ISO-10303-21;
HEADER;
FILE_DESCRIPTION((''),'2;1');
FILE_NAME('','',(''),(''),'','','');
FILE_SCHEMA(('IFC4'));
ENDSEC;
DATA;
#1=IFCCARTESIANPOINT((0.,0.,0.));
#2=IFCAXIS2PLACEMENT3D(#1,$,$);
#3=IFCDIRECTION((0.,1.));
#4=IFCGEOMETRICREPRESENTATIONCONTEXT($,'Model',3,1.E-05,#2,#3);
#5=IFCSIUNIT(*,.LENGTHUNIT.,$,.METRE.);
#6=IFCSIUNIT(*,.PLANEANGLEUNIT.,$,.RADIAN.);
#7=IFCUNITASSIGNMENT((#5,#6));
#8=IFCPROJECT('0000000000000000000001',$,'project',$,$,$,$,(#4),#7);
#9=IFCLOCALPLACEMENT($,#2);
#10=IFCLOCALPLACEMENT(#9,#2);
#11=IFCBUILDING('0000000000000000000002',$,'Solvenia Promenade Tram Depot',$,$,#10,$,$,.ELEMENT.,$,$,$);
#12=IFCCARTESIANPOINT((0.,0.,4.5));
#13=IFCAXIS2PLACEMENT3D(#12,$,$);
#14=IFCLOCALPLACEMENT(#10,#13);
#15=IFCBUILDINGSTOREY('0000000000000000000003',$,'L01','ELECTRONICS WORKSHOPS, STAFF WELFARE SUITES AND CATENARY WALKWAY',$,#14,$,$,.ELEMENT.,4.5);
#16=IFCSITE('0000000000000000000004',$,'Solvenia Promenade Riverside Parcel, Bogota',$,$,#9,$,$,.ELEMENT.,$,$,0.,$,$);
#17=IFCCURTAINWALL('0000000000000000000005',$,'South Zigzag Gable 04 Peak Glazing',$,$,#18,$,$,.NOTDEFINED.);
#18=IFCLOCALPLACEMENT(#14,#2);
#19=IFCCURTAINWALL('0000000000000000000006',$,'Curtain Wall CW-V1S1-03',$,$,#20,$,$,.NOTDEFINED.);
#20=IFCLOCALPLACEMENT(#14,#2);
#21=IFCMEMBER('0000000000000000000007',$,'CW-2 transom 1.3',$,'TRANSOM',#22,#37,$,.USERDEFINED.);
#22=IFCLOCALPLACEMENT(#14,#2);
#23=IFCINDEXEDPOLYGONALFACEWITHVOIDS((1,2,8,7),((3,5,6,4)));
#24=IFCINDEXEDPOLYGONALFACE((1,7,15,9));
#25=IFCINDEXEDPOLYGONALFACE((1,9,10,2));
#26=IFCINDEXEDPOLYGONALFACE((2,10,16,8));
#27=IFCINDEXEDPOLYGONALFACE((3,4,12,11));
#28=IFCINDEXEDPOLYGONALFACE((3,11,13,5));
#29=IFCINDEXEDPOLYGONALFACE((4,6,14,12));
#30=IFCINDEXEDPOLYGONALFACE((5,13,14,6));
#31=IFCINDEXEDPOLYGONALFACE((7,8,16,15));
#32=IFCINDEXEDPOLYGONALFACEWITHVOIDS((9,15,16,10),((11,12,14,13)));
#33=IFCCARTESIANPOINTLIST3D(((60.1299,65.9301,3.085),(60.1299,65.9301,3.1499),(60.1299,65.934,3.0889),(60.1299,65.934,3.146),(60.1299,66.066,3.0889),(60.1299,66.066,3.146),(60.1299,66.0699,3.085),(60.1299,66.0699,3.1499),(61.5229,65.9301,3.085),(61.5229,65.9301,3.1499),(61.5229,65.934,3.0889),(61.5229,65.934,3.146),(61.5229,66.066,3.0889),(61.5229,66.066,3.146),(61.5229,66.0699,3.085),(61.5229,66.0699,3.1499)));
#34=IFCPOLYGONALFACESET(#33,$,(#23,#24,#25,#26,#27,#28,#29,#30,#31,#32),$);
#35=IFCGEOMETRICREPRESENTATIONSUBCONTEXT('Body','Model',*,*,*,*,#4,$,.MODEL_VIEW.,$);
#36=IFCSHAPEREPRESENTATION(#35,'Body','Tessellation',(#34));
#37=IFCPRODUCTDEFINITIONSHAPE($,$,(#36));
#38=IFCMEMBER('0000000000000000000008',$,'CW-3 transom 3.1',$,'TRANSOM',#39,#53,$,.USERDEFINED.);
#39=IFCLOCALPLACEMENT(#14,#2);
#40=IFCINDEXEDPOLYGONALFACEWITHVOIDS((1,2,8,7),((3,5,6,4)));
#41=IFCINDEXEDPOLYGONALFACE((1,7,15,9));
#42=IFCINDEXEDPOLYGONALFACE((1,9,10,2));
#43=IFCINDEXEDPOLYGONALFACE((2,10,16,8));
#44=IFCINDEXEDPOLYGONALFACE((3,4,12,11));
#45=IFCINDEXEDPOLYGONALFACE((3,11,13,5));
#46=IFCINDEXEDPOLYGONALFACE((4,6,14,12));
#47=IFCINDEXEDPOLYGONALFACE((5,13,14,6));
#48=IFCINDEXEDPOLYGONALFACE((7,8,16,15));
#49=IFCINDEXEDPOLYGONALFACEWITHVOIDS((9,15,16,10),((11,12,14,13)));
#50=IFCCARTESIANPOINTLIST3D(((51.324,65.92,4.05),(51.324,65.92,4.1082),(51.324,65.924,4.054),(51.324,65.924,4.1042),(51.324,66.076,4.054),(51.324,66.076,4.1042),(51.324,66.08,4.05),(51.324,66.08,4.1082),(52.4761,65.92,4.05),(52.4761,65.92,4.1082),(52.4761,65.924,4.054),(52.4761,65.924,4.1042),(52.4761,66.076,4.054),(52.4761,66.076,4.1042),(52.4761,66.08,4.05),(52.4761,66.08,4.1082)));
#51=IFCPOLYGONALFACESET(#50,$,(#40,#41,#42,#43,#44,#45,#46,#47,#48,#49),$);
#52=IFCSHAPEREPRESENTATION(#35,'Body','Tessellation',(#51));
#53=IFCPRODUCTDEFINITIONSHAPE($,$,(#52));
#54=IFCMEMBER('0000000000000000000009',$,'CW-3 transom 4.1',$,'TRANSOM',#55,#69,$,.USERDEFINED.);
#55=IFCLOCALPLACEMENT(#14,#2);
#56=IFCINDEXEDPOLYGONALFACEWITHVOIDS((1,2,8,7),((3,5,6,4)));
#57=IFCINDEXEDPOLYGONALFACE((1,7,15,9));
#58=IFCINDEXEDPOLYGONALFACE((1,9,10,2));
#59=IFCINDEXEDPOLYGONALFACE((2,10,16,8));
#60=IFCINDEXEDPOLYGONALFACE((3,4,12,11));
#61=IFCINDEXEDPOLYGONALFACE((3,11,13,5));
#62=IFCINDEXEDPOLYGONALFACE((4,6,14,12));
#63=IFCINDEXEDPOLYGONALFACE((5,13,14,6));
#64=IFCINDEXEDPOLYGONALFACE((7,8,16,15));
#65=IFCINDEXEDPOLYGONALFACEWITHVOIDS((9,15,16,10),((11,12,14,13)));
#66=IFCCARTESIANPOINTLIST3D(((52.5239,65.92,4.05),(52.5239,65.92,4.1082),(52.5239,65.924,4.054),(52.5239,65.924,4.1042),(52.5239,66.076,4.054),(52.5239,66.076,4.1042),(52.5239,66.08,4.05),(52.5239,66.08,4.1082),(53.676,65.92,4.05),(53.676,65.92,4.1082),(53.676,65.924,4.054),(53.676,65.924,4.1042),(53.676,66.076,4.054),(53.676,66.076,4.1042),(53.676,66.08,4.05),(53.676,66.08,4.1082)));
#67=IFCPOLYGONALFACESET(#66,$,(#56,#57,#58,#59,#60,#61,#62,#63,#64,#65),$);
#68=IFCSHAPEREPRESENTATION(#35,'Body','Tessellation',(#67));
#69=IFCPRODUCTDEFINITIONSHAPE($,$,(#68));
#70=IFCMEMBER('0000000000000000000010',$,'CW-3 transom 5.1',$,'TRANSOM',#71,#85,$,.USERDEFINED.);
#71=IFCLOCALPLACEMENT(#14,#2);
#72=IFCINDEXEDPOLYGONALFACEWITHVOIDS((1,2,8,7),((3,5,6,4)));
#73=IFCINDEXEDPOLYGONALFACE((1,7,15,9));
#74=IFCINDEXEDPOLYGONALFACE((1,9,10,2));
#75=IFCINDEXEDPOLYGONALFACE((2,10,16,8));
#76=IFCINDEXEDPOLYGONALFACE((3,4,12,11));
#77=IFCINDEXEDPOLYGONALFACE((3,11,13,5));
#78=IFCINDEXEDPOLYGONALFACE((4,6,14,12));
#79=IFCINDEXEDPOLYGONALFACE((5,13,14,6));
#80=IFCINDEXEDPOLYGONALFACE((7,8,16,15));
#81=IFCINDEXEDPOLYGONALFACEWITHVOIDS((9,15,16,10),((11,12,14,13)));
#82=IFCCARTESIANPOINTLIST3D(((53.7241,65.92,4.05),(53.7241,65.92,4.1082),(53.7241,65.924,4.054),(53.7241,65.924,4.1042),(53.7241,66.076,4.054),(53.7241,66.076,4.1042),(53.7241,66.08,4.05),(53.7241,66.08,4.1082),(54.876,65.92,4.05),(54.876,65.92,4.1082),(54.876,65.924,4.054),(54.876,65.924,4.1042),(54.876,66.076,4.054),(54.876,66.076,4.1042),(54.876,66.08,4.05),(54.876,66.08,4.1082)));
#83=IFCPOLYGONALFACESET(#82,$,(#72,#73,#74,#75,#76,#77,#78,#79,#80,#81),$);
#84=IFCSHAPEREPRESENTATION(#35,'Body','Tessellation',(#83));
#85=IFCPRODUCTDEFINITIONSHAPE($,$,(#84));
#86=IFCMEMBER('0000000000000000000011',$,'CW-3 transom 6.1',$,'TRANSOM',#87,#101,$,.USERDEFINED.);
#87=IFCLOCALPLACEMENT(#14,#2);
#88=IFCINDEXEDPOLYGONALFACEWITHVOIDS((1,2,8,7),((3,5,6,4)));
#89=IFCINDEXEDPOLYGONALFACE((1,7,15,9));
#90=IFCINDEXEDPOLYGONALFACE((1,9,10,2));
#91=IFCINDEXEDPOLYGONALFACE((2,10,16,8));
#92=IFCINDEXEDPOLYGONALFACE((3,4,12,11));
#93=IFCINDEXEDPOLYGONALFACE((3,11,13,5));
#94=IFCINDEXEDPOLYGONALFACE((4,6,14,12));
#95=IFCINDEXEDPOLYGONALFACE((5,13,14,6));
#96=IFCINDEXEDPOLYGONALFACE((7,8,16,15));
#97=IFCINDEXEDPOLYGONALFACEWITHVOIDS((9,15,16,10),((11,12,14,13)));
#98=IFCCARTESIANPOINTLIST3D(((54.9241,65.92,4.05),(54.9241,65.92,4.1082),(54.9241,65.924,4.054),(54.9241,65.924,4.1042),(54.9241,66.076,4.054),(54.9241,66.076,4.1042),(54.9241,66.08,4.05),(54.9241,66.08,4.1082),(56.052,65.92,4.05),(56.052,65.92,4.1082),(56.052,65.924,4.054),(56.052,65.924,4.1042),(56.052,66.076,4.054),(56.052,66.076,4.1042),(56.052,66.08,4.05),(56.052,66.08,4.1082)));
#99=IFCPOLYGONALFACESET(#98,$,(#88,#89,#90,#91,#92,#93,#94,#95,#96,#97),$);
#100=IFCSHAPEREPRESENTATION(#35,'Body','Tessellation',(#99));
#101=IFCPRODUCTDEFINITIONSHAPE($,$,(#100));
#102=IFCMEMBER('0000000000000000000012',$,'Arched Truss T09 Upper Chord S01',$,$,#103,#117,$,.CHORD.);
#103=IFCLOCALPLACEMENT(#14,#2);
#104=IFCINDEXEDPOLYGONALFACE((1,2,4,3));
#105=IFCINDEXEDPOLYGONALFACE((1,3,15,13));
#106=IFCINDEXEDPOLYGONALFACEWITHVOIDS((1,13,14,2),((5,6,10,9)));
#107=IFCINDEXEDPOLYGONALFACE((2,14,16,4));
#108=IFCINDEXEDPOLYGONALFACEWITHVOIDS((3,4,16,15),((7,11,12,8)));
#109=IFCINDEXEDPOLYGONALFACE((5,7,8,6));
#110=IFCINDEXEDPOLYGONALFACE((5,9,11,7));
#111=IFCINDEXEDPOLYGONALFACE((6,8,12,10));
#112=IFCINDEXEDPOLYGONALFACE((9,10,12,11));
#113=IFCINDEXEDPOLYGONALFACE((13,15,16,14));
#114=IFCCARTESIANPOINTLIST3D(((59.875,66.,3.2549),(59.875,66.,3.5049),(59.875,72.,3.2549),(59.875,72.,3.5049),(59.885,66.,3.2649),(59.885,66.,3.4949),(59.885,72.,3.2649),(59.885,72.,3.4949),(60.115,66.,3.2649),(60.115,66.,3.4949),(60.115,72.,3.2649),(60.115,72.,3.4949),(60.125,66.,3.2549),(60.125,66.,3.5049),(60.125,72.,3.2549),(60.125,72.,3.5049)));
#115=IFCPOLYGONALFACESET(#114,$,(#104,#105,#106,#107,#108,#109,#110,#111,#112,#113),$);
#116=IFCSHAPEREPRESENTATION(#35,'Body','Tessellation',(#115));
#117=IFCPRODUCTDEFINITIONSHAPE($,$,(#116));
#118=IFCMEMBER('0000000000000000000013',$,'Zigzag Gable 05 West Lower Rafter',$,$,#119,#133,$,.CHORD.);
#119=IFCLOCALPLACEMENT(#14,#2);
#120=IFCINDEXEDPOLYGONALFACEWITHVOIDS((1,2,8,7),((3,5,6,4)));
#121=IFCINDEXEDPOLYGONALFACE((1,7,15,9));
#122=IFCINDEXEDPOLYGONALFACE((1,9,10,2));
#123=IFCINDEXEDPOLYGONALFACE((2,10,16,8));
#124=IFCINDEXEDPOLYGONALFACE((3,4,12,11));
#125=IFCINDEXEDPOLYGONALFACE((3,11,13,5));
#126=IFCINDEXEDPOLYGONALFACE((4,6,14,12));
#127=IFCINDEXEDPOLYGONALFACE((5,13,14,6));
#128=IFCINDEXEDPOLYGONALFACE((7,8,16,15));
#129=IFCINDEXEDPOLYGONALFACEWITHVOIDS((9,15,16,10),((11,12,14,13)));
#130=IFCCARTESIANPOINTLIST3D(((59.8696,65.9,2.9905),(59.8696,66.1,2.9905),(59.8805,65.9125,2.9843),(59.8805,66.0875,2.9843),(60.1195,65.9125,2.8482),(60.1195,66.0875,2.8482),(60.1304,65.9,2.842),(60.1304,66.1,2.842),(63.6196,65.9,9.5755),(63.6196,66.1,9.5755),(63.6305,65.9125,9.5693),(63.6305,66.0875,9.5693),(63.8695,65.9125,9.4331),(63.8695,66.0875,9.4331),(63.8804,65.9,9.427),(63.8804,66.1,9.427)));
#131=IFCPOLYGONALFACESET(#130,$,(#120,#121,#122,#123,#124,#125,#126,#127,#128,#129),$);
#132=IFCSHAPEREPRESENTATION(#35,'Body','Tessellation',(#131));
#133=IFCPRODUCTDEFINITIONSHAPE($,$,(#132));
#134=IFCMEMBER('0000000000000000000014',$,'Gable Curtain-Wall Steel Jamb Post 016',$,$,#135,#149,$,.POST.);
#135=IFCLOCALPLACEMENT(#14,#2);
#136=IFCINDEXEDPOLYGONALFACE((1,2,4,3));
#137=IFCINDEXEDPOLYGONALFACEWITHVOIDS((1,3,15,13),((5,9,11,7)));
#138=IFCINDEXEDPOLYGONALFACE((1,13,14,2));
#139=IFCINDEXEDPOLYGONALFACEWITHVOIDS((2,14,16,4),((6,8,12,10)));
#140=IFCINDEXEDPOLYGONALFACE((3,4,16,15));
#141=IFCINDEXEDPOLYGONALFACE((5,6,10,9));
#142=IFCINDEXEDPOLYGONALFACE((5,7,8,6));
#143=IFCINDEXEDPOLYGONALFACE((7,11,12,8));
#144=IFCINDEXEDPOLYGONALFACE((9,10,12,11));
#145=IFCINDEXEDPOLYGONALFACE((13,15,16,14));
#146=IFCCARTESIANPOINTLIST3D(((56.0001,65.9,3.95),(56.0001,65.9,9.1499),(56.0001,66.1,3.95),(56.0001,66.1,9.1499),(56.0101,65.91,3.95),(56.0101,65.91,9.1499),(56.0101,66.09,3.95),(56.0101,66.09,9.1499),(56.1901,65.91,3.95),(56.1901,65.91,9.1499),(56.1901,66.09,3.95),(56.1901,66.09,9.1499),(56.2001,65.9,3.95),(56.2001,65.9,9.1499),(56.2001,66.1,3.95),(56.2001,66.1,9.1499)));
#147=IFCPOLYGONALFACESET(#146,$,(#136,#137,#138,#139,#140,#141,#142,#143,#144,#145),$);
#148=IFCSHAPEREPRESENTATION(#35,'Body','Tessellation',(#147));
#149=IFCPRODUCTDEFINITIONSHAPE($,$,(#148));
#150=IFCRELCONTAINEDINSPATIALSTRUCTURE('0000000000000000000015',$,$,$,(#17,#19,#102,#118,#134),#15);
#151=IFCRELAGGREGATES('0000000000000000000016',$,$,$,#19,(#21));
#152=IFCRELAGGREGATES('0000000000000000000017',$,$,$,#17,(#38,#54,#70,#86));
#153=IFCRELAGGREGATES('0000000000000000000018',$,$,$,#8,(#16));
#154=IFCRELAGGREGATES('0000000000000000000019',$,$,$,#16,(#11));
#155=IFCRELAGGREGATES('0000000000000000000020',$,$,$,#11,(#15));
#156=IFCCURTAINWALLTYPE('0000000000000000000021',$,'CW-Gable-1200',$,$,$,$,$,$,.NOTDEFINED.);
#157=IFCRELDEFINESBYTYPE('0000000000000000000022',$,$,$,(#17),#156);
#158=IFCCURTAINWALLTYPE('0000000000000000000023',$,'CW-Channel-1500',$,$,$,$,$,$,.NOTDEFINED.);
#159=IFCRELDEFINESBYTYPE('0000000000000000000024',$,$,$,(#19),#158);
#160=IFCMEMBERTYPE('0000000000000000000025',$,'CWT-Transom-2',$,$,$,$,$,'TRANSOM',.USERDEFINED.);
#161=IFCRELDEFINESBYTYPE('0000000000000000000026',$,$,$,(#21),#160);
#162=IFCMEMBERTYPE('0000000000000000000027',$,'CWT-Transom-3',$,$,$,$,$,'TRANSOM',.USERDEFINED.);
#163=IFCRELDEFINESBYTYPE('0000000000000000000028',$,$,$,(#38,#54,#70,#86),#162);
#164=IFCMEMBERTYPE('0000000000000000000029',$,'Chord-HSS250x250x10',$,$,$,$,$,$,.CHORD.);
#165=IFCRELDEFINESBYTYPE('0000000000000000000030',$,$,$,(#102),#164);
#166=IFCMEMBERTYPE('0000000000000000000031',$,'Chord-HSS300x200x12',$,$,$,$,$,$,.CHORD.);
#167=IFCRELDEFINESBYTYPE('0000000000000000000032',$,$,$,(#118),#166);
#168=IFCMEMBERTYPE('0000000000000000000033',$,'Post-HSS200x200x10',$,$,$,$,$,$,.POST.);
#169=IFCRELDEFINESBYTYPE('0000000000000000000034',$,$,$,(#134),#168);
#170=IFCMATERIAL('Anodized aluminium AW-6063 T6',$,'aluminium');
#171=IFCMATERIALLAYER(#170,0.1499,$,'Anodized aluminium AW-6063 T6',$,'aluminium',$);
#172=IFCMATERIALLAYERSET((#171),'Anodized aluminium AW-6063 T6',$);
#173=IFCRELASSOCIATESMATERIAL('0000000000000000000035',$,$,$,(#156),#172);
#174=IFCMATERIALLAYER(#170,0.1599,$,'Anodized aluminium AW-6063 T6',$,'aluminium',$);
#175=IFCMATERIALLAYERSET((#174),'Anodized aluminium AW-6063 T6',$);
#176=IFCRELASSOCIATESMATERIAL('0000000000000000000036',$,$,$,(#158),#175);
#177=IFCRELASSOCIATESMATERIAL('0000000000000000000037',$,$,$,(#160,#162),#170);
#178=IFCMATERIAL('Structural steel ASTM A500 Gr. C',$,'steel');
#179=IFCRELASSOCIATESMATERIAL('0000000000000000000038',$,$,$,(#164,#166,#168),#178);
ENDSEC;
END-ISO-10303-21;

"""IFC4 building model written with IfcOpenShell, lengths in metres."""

from ifc_helpers import new_model, si_unit, direction, frame, origin, origin_2d, place, context, subcontext, project, spatial, hollow_rectangle, extrude, material, layer, layer_set, material_profile, profile_set, type_object, element, aggregate, save


model = new_model("IFC4")

# Units and contexts
model_context = context("Model", 3, precision=1e-05, world=origin(), true_north=direction((0.0, 1.0)))
body_context = subcontext(model_context, "Body", "Model", "MODEL_VIEW")
ifc_project = project(units=[si_unit("LENGTHUNIT", "METRE"), si_unit("PLANEANGLEUNIT", "RADIAN")], contexts=[model_context])

# Site, building, storey
site_placement = place(None, origin())
site = spatial("IfcSite", under=ifc_project, at=site_placement, Name="Solvenia Promenade Riverside Parcel, Bogota", CompositionType="ELEMENT", RefElevation=0.0)
building_placement = place(site_placement, origin())
building = spatial("IfcBuilding", under=site, at=building_placement, Name="Solvenia Promenade Tram Depot", CompositionType="ELEMENT")
storey_placement = place(building_placement, frame((0.0, 0.0, 4.5)))
storey = spatial("IfcBuildingStorey", under=building, at=storey_placement, Name="L01", Description="ELECTRONICS WORKSHOPS, STAFF WELFARE SUITES AND CATENARY WALKWAY", CompositionType="ELEMENT", Elevation=4.5)

# Curtain wall
ifc_material_1 = material(Name="Anodized aluminium AW-6063 T6", Category="aluminium")
ifc_layer_1 = layer(ifc_material_1, 0.1499, Name="Anodized aluminium AW-6063 T6", Category="aluminium")
ifc_layer_set_1 = layer_set([ifc_layer_1], Name="Anodized aluminium AW-6063 T6")
curtain_wall_type_1 = type_object("IfcCurtainWallType", Name="CW-Gable-1200", PredefinedType="NOTDEFINED", material=ifc_layer_set_1)
curtain_wall_1_placement = place(storey_placement, origin())
curtain_wall_1 = element("IfcCurtainWall", 1, at=curtain_wall_1_placement, inside=storey, type_object=curtain_wall_type_1, Name="South Zigzag Gable 04 Peak Glazing", PredefinedType="NOTDEFINED")

# Shared definitions
ifc_layer_2 = layer(ifc_material_1, 0.1599, Name="Anodized aluminium AW-6063 T6", Category="aluminium")
ifc_layer_set_2 = layer_set([ifc_layer_2], Name="Anodized aluminium AW-6063 T6")
curtain_wall_type_2 = type_object("IfcCurtainWallType", Name="CW-Channel-1500", PredefinedType="NOTDEFINED", material=ifc_layer_set_2)
ifc_material_profile_1 = material_profile(ifc_material_1, hollow_rectangle(XDim=0.1399, YDim=0.0649, WallThickness=0.0039, at=origin_2d()), Name="ALU-T2", Category="aluminium")
ifc_profile_set_1 = profile_set([ifc_material_profile_1], Name="Anodized aluminium AW-6063 T6")
member_type_1 = type_object("IfcMemberType", Name="CWT-Transom-2", ElementType="TRANSOM", PredefinedType="USERDEFINED", material=ifc_profile_set_1)

# Curtain wall, member
curtain_wall_2_placement = place(storey_placement, origin())
curtain_wall_2 = element("IfcCurtainWall", 2, at=curtain_wall_2_placement, inside=storey, type_object=curtain_wall_type_2, Name="Curtain Wall CW-V1S1-03", PredefinedType="NOTDEFINED")
member_1_placement = place(storey_placement, frame((60.1299, 66.0, 3.1174), z_axis=(1.0, 0.0, 0.0), x_axis=(0.0, 1.0, 0.0)))
member_1 = element("IfcMember", 3, at=member_1_placement, type_object=member_type_1, Name="CW-2 transom 1.3", ObjectType="TRANSOM", PredefinedType="USERDEFINED", context=body_context, shape_type="SweptSolid", body=[
    extrude(hollow_rectangle(XDim=0.1399, YDim=0.0649, WallThickness=0.0039, at=origin_2d()), origin(), (0.0, 0.0, 1.0), 1.3931),
])
aggregate(curtain_wall_2, [member_1])

# Members
ifc_material_profile_2 = material_profile(ifc_material_1, hollow_rectangle(XDim=0.1599, YDim=0.0581, WallThickness=0.0039, at=origin_2d()), Name="ALU-T3", Category="aluminium")
ifc_profile_set_2 = profile_set([ifc_material_profile_2], Name="Anodized aluminium AW-6063 T6")
member_type_2 = type_object("IfcMemberType", Name="CWT-Transom-3", ElementType="TRANSOM", PredefinedType="USERDEFINED", material=ifc_profile_set_2)
member_2_placement = place(storey_placement, frame((51.324, 66.0, 4.0791), z_axis=(1.0, 0.0, 0.0), x_axis=(0.0, 1.0, 0.0)))
member_2 = element("IfcMember", 4, at=member_2_placement, type_object=member_type_2, Name="CW-3 transom 3.1", ObjectType="TRANSOM", PredefinedType="USERDEFINED", context=body_context, shape_type="SweptSolid", body=[
    extrude(hollow_rectangle(XDim=0.1599, YDim=0.0581, WallThickness=0.0039, at=origin_2d()), origin(), (0.0, 0.0, 1.0), 1.1521),
])
member_3_placement = place(storey_placement, frame((52.5239, 66.0, 4.0791), z_axis=(1.0, 0.0, 0.0), x_axis=(0.0, 1.0, 0.0)))
member_3 = element("IfcMember", 5, at=member_3_placement, type_object=member_type_2, Name="CW-3 transom 4.1", ObjectType="TRANSOM", PredefinedType="USERDEFINED", context=body_context, shape_type="SweptSolid", body=[
    extrude(hollow_rectangle(XDim=0.1599, YDim=0.0581, WallThickness=0.0039, at=origin_2d()), origin(), (0.0, 0.0, 1.0), 1.1521),
])
member_4_placement = place(storey_placement, frame((53.7241, 66.0, 4.0791), z_axis=(1.0, 0.0, 0.0), x_axis=(0.0, 1.0, 0.0)))
member_4 = element("IfcMember", 6, at=member_4_placement, type_object=member_type_2, Name="CW-3 transom 5.1", ObjectType="TRANSOM", PredefinedType="USERDEFINED", context=body_context, shape_type="SweptSolid", body=[
    extrude(hollow_rectangle(XDim=0.1599, YDim=0.0581, WallThickness=0.0039, at=origin_2d()), origin(), (0.0, 0.0, 1.0), 1.1519),
])
member_5_placement = place(storey_placement, frame((54.9241, 66.0, 4.0791), z_axis=(1.0, 0.0, 0.0), x_axis=(0.0, 1.0, 0.0)))
member_5 = element("IfcMember", 7, at=member_5_placement, type_object=member_type_2, Name="CW-3 transom 6.1", ObjectType="TRANSOM", PredefinedType="USERDEFINED", context=body_context, shape_type="SweptSolid", body=[
    extrude(hollow_rectangle(XDim=0.1599, YDim=0.0581, WallThickness=0.0039, at=origin_2d()), origin(), (0.0, 0.0, 1.0), 1.1279),
])
aggregate(curtain_wall_1, [member_2, member_3, member_4, member_5])

# Members
ifc_material_2 = material(Name="Structural steel ASTM A500 Gr. C", Category="steel")
ifc_material_profile_3 = material_profile(ifc_material_2, hollow_rectangle(XDim=0.25, YDim=0.25, WallThickness=0.01, at=origin_2d()), Name="HSS250x250x10", Category="steel")
ifc_profile_set_3 = profile_set([ifc_material_profile_3], Name="Structural steel ASTM A500 Gr. C")
member_type_3 = type_object("IfcMemberType", Name="Chord-HSS250x250x10", PredefinedType="CHORD", material=ifc_profile_set_3)
member_6_placement = place(storey_placement, frame((60.0, 66.0, 3.3799), z_axis=(0.0, 1.0, 0.0), x_axis=(-1.0, 0.0, 0.0)))
element("IfcMember", 8, at=member_6_placement, inside=storey, type_object=member_type_3, Name="Arched Truss T09 Upper Chord S01", PredefinedType="CHORD", context=body_context, shape_type="SweptSolid", body=[
    extrude(hollow_rectangle(XDim=0.25, YDim=0.25, WallThickness=0.01, at=origin_2d()), origin(), (0.0, 0.0, 1.0), 6.0),
])
ifc_material_profile_4 = material_profile(ifc_material_2, hollow_rectangle(XDim=0.2, YDim=0.3, WallThickness=0.0125, at=origin_2d()), Name="HSS300x200x12.5", Category="steel")
ifc_profile_set_4 = profile_set([ifc_material_profile_4], Name="Structural steel ASTM A500 Gr. C")
member_type_4 = type_object("IfcMemberType", Name="Chord-HSS300x200x12", PredefinedType="CHORD", material=ifc_profile_set_4)
member_7_placement = place(storey_placement, frame((60.0, 66.0, 2.9163), z_axis=(0.494862, 0.0, 0.868972), x_axis=(0.0, 1.0, 0.0)))
element("IfcMember", 9, at=member_7_placement, inside=storey, type_object=member_type_4, Name="Zigzag Gable 05 West Lower Rafter", PredefinedType="CHORD", context=body_context, shape_type="SweptSolid", body=[
    extrude(hollow_rectangle(XDim=0.2, YDim=0.3, WallThickness=0.0125, at=origin_2d()), origin(), (0.0, 0.0, 1.0), 7.5779),
])
ifc_material_profile_5 = material_profile(ifc_material_2, hollow_rectangle(XDim=0.2, YDim=0.2, WallThickness=0.01, at=origin_2d()), Name="HSS200x200x10", Category="steel")
ifc_profile_set_5 = profile_set([ifc_material_profile_5], Name="Structural steel ASTM A500 Gr. C")
member_type_5 = type_object("IfcMemberType", Name="Post-HSS200x200x10", PredefinedType="POST", material=ifc_profile_set_5)
member_8_placement = place(storey_placement, frame((56.1001, 66.0, 3.95), z_axis=(0.0, 0.0, 1.0), x_axis=(1.0, 0.0, 0.0)))
element("IfcMember", 10, at=member_8_placement, inside=storey, type_object=member_type_5, Name="Gable Curtain-Wall Steel Jamb Post 016", PredefinedType="POST", context=body_context, shape_type="SweptSolid", body=[
    extrude(hollow_rectangle(XDim=0.2, YDim=0.2, WallThickness=0.01, at=origin_2d()), origin(), (0.0, 0.0, 1.0), 5.2),
])

save(model, "model.ifc")
